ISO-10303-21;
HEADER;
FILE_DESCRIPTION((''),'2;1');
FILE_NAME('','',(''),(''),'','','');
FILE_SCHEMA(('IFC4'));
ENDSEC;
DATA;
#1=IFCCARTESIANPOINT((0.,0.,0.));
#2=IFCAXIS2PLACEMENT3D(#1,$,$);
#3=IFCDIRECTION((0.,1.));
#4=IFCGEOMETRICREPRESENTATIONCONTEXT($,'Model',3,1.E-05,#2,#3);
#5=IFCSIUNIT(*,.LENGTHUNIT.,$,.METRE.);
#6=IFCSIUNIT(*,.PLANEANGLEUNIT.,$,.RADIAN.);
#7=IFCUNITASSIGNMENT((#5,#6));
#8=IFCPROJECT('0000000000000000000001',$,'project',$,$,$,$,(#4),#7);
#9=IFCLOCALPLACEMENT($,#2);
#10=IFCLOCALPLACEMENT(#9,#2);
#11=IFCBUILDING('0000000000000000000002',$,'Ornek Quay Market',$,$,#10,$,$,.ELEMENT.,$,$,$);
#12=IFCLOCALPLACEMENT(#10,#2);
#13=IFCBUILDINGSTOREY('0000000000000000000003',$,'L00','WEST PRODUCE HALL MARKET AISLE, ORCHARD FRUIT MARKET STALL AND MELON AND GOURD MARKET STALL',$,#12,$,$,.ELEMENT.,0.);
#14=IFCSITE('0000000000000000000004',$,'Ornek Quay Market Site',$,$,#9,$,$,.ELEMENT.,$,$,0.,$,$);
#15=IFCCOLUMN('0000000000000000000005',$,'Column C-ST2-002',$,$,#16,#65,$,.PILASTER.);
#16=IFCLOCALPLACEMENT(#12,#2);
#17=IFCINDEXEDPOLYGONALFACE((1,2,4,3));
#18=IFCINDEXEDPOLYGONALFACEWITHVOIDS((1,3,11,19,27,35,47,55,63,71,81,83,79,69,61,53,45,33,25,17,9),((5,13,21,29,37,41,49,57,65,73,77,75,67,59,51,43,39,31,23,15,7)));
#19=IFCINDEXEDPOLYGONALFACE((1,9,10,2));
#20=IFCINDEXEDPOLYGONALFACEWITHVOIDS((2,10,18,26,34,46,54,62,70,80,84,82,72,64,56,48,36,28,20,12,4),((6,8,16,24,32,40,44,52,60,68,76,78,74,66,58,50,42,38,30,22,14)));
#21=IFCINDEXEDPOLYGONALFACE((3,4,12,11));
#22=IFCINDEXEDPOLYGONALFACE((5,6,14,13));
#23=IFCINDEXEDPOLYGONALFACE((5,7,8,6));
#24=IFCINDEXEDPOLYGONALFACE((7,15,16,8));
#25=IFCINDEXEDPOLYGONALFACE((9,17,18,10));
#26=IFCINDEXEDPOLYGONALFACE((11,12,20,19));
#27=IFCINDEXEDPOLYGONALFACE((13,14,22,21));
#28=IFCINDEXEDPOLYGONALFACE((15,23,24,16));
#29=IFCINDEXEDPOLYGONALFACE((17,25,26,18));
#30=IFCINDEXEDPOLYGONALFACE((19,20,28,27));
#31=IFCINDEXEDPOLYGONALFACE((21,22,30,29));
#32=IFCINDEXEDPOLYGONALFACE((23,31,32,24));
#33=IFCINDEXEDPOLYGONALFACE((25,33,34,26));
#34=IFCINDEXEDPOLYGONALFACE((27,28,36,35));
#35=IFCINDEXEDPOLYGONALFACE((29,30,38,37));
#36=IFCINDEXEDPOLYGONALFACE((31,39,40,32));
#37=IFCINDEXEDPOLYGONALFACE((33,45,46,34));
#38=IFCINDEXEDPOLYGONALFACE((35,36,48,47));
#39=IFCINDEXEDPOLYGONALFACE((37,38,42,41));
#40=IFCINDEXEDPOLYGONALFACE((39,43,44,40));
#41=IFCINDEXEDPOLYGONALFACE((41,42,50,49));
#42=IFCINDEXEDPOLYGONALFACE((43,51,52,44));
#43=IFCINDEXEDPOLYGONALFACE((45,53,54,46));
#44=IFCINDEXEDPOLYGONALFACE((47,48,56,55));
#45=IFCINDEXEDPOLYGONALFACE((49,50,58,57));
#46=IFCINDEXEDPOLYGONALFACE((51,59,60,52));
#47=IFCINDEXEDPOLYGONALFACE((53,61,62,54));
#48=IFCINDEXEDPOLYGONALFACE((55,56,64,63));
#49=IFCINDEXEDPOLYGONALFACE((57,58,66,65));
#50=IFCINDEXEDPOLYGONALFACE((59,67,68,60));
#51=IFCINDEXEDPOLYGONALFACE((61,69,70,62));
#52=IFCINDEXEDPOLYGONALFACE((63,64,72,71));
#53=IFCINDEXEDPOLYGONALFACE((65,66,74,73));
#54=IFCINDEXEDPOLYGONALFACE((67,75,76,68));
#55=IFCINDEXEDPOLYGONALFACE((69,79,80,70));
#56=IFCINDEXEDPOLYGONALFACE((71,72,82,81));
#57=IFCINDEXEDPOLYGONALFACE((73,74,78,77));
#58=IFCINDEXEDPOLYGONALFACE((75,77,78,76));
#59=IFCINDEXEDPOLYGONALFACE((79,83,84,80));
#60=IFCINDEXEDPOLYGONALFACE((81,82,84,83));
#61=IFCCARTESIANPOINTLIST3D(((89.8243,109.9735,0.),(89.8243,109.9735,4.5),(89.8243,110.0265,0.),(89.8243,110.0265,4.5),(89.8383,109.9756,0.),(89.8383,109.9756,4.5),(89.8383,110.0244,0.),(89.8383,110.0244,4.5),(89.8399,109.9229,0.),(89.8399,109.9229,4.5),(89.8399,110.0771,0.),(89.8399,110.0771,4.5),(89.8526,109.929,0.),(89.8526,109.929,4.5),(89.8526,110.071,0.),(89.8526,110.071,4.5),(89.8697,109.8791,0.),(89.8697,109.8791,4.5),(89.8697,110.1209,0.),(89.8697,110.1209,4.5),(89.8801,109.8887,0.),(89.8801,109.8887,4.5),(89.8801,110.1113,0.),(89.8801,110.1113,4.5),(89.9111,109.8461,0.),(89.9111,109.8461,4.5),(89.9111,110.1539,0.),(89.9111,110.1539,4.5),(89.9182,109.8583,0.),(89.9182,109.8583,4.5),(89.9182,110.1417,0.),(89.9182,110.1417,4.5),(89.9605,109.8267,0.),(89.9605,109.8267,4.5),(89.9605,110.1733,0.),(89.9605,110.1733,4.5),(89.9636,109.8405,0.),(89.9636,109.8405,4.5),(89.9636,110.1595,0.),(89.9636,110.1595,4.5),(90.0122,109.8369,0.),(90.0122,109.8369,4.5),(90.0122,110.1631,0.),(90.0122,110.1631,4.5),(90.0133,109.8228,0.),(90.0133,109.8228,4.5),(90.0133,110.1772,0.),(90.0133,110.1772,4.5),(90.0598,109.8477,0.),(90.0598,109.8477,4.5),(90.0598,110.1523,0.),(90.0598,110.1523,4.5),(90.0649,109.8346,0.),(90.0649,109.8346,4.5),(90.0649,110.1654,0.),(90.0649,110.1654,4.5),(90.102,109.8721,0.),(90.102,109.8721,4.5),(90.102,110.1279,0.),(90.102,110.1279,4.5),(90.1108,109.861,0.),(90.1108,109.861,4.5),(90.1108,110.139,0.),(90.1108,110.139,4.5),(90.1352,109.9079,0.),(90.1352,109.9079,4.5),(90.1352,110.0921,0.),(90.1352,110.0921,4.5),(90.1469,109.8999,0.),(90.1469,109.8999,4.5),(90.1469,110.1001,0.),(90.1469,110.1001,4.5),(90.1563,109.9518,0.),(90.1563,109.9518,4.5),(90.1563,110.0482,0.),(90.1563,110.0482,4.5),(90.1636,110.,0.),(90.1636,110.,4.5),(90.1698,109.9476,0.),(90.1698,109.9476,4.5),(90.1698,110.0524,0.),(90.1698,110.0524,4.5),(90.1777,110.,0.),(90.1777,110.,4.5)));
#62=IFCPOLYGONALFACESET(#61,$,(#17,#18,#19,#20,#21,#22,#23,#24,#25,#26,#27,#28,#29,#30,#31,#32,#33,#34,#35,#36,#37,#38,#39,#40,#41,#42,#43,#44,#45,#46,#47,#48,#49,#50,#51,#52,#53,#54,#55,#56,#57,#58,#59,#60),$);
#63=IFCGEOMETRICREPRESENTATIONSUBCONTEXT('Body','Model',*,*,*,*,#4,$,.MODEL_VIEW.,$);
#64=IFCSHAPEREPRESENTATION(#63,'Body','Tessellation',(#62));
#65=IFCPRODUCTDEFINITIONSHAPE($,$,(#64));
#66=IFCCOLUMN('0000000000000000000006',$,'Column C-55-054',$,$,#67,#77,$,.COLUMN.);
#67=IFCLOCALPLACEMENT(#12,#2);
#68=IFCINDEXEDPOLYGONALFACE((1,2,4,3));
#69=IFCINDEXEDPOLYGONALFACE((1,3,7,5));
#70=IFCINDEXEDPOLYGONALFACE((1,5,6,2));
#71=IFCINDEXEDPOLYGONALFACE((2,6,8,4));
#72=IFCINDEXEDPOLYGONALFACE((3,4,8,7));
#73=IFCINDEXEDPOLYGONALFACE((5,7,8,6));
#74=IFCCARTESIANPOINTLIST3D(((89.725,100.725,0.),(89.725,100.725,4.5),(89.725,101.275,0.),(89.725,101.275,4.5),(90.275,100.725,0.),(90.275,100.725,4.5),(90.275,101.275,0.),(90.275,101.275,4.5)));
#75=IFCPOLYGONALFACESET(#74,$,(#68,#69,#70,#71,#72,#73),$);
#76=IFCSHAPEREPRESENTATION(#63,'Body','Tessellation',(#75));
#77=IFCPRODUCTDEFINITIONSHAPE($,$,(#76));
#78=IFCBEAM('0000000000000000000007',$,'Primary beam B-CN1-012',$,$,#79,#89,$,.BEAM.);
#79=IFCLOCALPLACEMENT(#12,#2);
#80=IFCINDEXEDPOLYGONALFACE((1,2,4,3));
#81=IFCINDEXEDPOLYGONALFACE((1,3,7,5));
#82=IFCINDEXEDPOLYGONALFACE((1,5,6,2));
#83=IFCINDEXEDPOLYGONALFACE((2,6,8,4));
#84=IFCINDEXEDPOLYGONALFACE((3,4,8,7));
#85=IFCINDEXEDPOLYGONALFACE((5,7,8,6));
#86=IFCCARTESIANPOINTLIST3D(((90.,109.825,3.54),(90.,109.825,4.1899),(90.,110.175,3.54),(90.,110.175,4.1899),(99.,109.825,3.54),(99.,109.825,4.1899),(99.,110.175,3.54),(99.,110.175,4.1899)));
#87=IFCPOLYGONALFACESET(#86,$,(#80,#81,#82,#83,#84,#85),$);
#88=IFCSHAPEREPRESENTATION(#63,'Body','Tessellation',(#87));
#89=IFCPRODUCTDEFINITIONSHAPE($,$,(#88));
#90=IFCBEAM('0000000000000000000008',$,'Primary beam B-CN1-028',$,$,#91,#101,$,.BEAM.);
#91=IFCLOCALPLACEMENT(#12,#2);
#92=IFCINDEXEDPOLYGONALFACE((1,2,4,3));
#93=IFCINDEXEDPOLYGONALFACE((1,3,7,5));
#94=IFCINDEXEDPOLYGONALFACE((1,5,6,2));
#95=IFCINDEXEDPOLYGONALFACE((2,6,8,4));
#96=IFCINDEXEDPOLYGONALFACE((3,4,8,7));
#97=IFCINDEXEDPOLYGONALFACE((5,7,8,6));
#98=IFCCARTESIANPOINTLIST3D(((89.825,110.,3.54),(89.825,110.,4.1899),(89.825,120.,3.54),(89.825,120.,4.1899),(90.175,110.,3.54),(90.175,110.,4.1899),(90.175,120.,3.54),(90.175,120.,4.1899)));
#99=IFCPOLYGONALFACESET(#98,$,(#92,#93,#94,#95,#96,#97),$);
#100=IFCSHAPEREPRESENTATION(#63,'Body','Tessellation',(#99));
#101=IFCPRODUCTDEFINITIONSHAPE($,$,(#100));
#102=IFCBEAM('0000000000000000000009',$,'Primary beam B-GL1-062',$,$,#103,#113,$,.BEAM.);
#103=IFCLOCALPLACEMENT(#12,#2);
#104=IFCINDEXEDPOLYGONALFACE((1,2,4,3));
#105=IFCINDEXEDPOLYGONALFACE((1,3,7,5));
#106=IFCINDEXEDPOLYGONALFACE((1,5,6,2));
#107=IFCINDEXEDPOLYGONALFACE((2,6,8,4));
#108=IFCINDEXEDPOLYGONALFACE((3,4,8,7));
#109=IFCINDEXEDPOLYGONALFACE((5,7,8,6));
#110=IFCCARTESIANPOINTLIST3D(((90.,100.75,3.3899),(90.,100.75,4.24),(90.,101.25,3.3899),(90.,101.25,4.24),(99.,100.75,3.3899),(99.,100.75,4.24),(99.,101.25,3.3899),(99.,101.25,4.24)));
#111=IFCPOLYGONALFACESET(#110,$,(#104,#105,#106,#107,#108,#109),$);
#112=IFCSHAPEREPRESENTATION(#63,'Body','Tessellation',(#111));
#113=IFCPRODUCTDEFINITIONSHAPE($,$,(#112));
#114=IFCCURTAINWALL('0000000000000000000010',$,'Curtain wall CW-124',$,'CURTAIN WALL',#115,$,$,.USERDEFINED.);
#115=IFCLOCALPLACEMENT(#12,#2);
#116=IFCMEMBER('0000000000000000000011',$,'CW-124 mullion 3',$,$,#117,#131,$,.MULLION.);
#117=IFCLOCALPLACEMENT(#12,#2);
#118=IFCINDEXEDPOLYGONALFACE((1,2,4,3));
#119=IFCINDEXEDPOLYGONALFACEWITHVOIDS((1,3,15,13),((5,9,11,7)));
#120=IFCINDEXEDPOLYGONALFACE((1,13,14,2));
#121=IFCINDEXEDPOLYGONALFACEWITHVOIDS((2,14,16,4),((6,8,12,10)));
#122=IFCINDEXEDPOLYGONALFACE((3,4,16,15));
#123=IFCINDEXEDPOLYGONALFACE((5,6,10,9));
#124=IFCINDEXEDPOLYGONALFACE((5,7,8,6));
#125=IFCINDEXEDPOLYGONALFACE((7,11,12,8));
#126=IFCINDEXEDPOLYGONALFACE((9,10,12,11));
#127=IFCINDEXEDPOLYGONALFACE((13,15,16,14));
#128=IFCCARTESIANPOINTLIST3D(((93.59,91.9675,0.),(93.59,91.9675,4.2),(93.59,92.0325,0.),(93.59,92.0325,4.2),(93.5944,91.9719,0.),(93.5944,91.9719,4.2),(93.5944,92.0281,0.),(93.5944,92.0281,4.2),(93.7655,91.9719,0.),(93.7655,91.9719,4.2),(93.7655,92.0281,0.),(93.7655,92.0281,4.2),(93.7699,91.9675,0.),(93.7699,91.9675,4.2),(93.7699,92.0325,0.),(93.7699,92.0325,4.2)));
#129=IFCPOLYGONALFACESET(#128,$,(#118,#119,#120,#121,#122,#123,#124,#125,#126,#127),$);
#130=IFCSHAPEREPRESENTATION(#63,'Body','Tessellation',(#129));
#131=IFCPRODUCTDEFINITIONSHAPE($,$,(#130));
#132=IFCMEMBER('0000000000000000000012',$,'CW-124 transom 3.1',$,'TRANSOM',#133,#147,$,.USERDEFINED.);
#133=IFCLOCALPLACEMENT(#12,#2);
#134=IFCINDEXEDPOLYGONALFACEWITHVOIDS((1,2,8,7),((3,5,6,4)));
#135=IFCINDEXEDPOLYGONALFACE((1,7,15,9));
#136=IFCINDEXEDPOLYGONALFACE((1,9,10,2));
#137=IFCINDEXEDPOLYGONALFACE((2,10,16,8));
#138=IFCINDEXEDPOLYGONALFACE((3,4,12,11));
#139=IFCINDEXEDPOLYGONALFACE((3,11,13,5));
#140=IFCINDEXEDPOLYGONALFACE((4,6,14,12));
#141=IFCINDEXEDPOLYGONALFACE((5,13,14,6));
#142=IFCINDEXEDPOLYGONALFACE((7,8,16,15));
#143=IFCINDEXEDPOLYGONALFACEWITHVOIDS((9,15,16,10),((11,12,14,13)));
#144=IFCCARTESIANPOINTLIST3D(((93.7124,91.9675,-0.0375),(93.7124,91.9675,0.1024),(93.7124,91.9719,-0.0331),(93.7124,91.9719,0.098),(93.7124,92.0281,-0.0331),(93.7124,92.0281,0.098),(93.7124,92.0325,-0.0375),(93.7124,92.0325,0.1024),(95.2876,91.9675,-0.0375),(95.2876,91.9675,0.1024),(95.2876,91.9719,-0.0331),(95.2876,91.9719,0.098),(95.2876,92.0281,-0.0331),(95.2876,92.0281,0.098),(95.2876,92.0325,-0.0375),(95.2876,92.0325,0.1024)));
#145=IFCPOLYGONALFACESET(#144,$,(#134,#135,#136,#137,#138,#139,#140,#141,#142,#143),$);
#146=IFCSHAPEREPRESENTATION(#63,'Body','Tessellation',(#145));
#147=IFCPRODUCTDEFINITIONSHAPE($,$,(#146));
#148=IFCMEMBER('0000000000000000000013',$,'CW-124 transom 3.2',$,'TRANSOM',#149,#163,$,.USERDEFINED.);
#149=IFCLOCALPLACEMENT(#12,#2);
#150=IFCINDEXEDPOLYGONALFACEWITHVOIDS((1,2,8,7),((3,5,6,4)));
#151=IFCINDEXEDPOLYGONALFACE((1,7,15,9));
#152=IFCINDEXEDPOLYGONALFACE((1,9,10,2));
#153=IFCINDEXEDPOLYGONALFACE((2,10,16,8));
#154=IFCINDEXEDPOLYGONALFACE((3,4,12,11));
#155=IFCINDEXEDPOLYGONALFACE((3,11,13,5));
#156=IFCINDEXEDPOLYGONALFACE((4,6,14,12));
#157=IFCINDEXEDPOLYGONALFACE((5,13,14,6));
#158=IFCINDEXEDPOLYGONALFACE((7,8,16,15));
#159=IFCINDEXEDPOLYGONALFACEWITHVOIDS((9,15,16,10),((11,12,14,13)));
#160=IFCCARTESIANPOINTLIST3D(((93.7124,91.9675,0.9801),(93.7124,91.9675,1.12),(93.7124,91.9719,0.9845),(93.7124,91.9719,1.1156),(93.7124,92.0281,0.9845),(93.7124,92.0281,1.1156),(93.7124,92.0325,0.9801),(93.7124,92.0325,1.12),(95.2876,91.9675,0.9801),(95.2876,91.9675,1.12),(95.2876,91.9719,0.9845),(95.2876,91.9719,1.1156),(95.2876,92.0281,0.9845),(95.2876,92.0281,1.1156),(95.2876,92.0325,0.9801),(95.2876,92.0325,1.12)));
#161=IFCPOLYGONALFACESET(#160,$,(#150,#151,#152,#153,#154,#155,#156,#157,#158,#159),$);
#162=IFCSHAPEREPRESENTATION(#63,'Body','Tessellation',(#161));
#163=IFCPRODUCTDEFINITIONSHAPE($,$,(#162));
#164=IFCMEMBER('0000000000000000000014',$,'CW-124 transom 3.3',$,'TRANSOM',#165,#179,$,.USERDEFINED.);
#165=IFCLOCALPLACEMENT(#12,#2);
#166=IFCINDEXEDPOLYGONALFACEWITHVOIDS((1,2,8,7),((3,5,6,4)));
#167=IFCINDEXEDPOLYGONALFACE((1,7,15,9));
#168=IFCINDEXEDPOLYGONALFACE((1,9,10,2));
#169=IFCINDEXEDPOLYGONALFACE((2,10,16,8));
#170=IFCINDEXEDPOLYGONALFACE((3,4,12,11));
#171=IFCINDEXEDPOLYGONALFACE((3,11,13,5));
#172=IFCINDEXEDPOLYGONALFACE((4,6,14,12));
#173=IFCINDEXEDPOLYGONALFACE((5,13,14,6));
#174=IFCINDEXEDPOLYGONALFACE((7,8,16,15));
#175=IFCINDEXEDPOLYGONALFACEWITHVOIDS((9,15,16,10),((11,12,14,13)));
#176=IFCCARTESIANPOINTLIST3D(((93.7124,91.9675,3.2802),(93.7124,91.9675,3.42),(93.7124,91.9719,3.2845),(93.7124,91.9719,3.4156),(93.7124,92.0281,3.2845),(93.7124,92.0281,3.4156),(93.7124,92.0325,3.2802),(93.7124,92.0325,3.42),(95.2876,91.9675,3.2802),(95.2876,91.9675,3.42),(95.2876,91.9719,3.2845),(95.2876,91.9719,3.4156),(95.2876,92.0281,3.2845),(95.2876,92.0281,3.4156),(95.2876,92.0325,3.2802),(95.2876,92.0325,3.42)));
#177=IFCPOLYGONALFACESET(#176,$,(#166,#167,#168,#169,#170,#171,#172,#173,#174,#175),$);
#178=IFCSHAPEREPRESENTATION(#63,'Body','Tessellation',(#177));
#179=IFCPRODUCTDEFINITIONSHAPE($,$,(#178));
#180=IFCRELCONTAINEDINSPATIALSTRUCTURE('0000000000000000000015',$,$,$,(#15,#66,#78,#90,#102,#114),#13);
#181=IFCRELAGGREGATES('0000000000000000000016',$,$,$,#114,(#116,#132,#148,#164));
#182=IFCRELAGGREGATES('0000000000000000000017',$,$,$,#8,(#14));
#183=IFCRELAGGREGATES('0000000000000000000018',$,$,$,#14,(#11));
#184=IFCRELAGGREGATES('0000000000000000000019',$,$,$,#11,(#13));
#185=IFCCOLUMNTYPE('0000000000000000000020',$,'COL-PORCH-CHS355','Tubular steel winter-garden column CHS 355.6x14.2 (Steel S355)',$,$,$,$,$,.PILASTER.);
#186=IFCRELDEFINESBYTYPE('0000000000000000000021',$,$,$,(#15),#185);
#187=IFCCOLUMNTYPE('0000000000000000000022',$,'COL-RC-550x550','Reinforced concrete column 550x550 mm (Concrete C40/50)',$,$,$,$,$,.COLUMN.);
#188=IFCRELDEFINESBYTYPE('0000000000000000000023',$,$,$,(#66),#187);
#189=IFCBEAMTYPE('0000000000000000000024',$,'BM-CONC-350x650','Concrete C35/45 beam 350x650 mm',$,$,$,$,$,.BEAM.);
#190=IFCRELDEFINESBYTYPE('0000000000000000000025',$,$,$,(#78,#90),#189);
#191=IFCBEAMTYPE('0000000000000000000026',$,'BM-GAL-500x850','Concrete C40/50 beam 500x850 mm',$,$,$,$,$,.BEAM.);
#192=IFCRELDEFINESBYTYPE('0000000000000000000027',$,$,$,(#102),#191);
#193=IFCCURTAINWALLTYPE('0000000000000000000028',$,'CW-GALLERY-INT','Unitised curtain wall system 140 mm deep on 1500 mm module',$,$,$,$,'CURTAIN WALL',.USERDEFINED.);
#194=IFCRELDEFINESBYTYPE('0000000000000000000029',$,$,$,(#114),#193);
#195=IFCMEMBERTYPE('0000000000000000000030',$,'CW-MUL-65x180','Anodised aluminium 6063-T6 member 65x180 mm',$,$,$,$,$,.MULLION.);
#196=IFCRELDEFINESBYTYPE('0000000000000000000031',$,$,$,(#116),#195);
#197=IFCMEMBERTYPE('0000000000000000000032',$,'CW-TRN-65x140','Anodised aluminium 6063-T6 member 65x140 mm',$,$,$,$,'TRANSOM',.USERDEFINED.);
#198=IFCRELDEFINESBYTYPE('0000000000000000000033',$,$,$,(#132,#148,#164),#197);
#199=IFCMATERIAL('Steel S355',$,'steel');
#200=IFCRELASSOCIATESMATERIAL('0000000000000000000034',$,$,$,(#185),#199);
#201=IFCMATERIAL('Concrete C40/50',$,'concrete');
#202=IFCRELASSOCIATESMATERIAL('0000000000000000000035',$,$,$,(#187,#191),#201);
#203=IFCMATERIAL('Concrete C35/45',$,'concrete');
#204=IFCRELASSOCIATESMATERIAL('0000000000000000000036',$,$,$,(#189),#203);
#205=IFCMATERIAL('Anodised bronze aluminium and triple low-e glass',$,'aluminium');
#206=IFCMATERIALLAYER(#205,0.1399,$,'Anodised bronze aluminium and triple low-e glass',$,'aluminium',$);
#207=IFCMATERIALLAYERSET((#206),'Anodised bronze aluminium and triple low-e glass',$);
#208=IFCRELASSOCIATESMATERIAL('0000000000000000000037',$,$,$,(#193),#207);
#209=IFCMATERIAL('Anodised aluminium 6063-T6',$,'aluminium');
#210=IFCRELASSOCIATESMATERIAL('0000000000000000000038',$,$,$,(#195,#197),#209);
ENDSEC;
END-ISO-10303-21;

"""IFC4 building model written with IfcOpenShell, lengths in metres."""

from ifc_helpers import new_model, si_unit, direction, frame, origin, origin_2d, place, context, subcontext, project, spatial, rectangle, hollow_rectangle, hollow_circle, extrude, material, layer, layer_set, material_profile, profile_set, type_object, element, aggregate, save


model = new_model("IFC4")

# Units and contexts
model_context = context("Model", 3, precision=1e-05, world=origin(), true_north=direction((0.0, 1.0)))
body_context = subcontext(model_context, "Body", "Model", "MODEL_VIEW")
ifc_project = project(units=[si_unit("LENGTHUNIT", "METRE"), si_unit("PLANEANGLEUNIT", "RADIAN")], contexts=[model_context])

# Site, building, storey
site_placement = place(None, origin())
site = spatial("IfcSite", under=ifc_project, at=site_placement, Name="Ornek Quay Market Site", CompositionType="ELEMENT", RefElevation=0.0)
building_placement = place(site_placement, origin())
building = spatial("IfcBuilding", under=site, at=building_placement, Name="Ornek Quay Market", CompositionType="ELEMENT")
storey_placement = place(building_placement, origin())
storey = spatial("IfcBuildingStorey", under=building, at=storey_placement, Name="L00", Description="WEST PRODUCE HALL MARKET AISLE, ORCHARD FRUIT MARKET STALL AND MELON AND GOURD MARKET STALL", CompositionType="ELEMENT", Elevation=0.0)

# Columns
ifc_material_1 = material(Name="Steel S355", Category="steel")
ifc_material_profile_1 = material_profile(ifc_material_1, hollow_circle(Radius=0.1777, WallThickness=0.0142, at=origin_2d()), Name="CHS 355.6x14.2", Category="steel")
ifc_profile_set_1 = profile_set([ifc_material_profile_1], Name="Steel S355")
column_type_1 = type_object("IfcColumnType", Name="COL-PORCH-CHS355", Description="Tubular steel winter-garden column CHS 355.6x14.2 (Steel S355)", PredefinedType="PILASTER", material=ifc_profile_set_1)
column_1_placement = place(storey_placement, frame((90.0, 110.0, 0.0), z_axis=(0.0, 0.0, 1.0), x_axis=(1.0, 0.0, 0.0)))
element("IfcColumn", 1, at=column_1_placement, inside=storey, type_object=column_type_1, Name="Column C-ST2-002", PredefinedType="PILASTER", context=body_context, shape_type="SweptSolid", body=[
    extrude(hollow_circle(Radius=0.1777, WallThickness=0.0142, at=origin_2d()), origin(), (0.0, 0.0, 1.0), 4.5),
])
ifc_material_2 = material(Name="Concrete C40/50", Category="concrete")
ifc_material_profile_2 = material_profile(ifc_material_2, rectangle(XDim=0.55, YDim=0.55, at=origin_2d()), Name="RC 550x550", Category="concrete")
ifc_profile_set_2 = profile_set([ifc_material_profile_2], Name="Concrete C40/50")
column_type_2 = type_object("IfcColumnType", Name="COL-RC-550x550", Description="Reinforced concrete column 550x550 mm (Concrete C40/50)", PredefinedType="COLUMN", material=ifc_profile_set_2)
column_2_placement = place(storey_placement, frame((90.0, 101.0, 0.0), z_axis=(0.0, 0.0, 1.0), x_axis=(1.0, 0.0, 0.0)))
element("IfcColumn", 2, at=column_2_placement, inside=storey, type_object=column_type_2, Name="Column C-55-054", PredefinedType="COLUMN", context=body_context, shape_type="SweptSolid", body=[
    extrude(rectangle(XDim=0.55, YDim=0.55, at=origin_2d()), origin(), (0.0, 0.0, 1.0), 4.5),
])

# Beams
ifc_material_3 = material(Name="Concrete C35/45", Category="concrete")
ifc_material_profile_3 = material_profile(ifc_material_3, rectangle(XDim=0.3501, YDim=0.6499, at=origin_2d()), Name="RC 350x650", Category="concrete")
ifc_profile_set_3 = profile_set([ifc_material_profile_3], Name="Concrete C35/45")
beam_type_1 = type_object("IfcBeamType", Name="BM-CONC-350x650", Description="Concrete C35/45 beam 350x650 mm", PredefinedType="BEAM", material=ifc_profile_set_3)
beam_1_placement = place(storey_placement, frame((90.0, 110.0, 3.865), z_axis=(1.0, 0.0, 0.0), x_axis=(0.0, 1.0, 0.0)))
element("IfcBeam", 3, at=beam_1_placement, inside=storey, type_object=beam_type_1, Name="Primary beam B-CN1-012", PredefinedType="BEAM", context=body_context, shape_type="SweptSolid", body=[
    extrude(rectangle(XDim=0.3501, YDim=0.6499, at=origin_2d()), origin(), (0.0, 0.0, 1.0), 9.0),
])
beam_2_placement = place(storey_placement, frame((90.0, 110.0, 3.865), z_axis=(0.0, 1.0, 0.0), x_axis=(-1.0, 0.0, 0.0)))
element("IfcBeam", 4, at=beam_2_placement, inside=storey, type_object=beam_type_1, Name="Primary beam B-CN1-028", PredefinedType="BEAM", context=body_context, shape_type="SweptSolid", body=[
    extrude(rectangle(XDim=0.3501, YDim=0.6499, at=origin_2d()), origin(), (0.0, 0.0, 1.0), 10.0),
])
ifc_material_profile_4 = material_profile(ifc_material_2, rectangle(XDim=0.5, YDim=0.8501, at=origin_2d()), Name="RC 500x850", Category="concrete")
ifc_profile_set_4 = profile_set([ifc_material_profile_4], Name="Concrete C40/50")
beam_type_2 = type_object("IfcBeamType", Name="BM-GAL-500x850", Description="Concrete C40/50 beam 500x850 mm", PredefinedType="BEAM", material=ifc_profile_set_4)
beam_3_placement = place(storey_placement, frame((90.0, 101.0, 3.8149), z_axis=(1.0, 0.0, 0.0), x_axis=(0.0, 1.0, 0.0)))
element("IfcBeam", 5, at=beam_3_placement, inside=storey, type_object=beam_type_2, Name="Primary beam B-GL1-062", PredefinedType="BEAM", context=body_context, shape_type="SweptSolid", body=[
    extrude(rectangle(XDim=0.5, YDim=0.8501, at=origin_2d()), origin(), (0.0, 0.0, 1.0), 9.0),
])

# Curtain wall, members
ifc_material_4 = material(Name="Anodised bronze aluminium and triple low-e glass", Category="aluminium")
ifc_layer_1 = layer(ifc_material_4, 0.1399, Name="Anodised bronze aluminium and triple low-e glass", Category="aluminium")
ifc_layer_set_1 = layer_set([ifc_layer_1], Name="Anodised bronze aluminium and triple low-e glass")
curtain_wall_type = type_object("IfcCurtainWallType", Name="CW-GALLERY-INT", Description="Unitised curtain wall system 140 mm deep on 1500 mm module", ElementType="CURTAIN WALL", PredefinedType="USERDEFINED", material=ifc_layer_set_1)
curtain_wall_placement = place(storey_placement, origin())
curtain_wall = element("IfcCurtainWall", 6, at=curtain_wall_placement, inside=storey, type_object=curtain_wall_type, Name="Curtain wall CW-124", ObjectType="CURTAIN WALL", PredefinedType="USERDEFINED")
ifc_material_5 = material(Name="Anodised aluminium 6063-T6", Category="aluminium")
ifc_material_profile_5 = material_profile(ifc_material_5, hollow_rectangle(XDim=0.0649, YDim=0.1799, WallThickness=0.0044, at=origin_2d()), Name="CW-MUL-65x180", Category="aluminium")
ifc_profile_set_5 = profile_set([ifc_material_profile_5], Name="Anodised aluminium 6063-T6")
member_type_1 = type_object("IfcMemberType", Name="CW-MUL-65x180", Description="Anodised aluminium 6063-T6 member 65x180 mm", PredefinedType="MULLION", material=ifc_profile_set_5)
member_1_placement = place(storey_placement, frame((93.6799, 92.0, 0.0), z_axis=(0.0, 0.0, 1.0), x_axis=(0.0, 1.0, 0.0)))
member_1 = element("IfcMember", 7, at=member_1_placement, type_object=member_type_1, Name="CW-124 mullion 3", PredefinedType="MULLION", context=body_context, shape_type="SweptSolid", body=[
    extrude(hollow_rectangle(XDim=0.0649, YDim=0.1799, WallThickness=0.0044, at=origin_2d()), origin(), (0.0, 0.0, 1.0), 4.2),
])
ifc_material_profile_6 = material_profile(ifc_material_5, hollow_rectangle(XDim=0.0649, YDim=0.1399, WallThickness=0.0044, at=origin_2d()), Name="CW-TRN-65x140", Category="aluminium")
ifc_profile_set_6 = profile_set([ifc_material_profile_6], Name="Anodised aluminium 6063-T6")
member_type_2 = type_object("IfcMemberType", Name="CW-TRN-65x140", Description="Anodised aluminium 6063-T6 member 65x140 mm", ElementType="TRANSOM", PredefinedType="USERDEFINED", material=ifc_profile_set_6)
member_2_placement = place(storey_placement, frame((93.7124, 92.0, 0.0325), z_axis=(1.0, 0.0, 0.0), x_axis=(0.0, 1.0, 0.0)))
member_2 = element("IfcMember", 8, at=member_2_placement, type_object=member_type_2, Name="CW-124 transom 3.1", ObjectType="TRANSOM", PredefinedType="USERDEFINED", context=body_context, shape_type="SweptSolid", body=[
    extrude(hollow_rectangle(XDim=0.0649, YDim=0.1399, WallThickness=0.0044, at=origin_2d()), origin(), (0.0, 0.0, 1.0), 1.5752),
])
member_3_placement = place(storey_placement, frame((93.7124, 92.0, 1.05), z_axis=(1.0, 0.0, 0.0), x_axis=(0.0, 1.0, 0.0)))
member_3 = element("IfcMember", 9, at=member_3_placement, type_object=member_type_2, Name="CW-124 transom 3.2", ObjectType="TRANSOM", PredefinedType="USERDEFINED", context=body_context, shape_type="SweptSolid", body=[
    extrude(hollow_rectangle(XDim=0.0649, YDim=0.1399, WallThickness=0.0044, at=origin_2d()), origin(), (0.0, 0.0, 1.0), 1.5752),
])
member_4_placement = place(storey_placement, frame((93.7124, 92.0, 3.3501), z_axis=(1.0, 0.0, 0.0), x_axis=(0.0, 1.0, 0.0)))
member_4 = element("IfcMember", 10, at=member_4_placement, type_object=member_type_2, Name="CW-124 transom 3.3", ObjectType="TRANSOM", PredefinedType="USERDEFINED", context=body_context, shape_type="SweptSolid", body=[
    extrude(hollow_rectangle(XDim=0.0649, YDim=0.1399, WallThickness=0.0044, at=origin_2d()), origin(), (0.0, 0.0, 1.0), 1.5752),
])
aggregate(curtain_wall, [member_1, member_2, member_3, member_4])

save(model, "model.ifc")
